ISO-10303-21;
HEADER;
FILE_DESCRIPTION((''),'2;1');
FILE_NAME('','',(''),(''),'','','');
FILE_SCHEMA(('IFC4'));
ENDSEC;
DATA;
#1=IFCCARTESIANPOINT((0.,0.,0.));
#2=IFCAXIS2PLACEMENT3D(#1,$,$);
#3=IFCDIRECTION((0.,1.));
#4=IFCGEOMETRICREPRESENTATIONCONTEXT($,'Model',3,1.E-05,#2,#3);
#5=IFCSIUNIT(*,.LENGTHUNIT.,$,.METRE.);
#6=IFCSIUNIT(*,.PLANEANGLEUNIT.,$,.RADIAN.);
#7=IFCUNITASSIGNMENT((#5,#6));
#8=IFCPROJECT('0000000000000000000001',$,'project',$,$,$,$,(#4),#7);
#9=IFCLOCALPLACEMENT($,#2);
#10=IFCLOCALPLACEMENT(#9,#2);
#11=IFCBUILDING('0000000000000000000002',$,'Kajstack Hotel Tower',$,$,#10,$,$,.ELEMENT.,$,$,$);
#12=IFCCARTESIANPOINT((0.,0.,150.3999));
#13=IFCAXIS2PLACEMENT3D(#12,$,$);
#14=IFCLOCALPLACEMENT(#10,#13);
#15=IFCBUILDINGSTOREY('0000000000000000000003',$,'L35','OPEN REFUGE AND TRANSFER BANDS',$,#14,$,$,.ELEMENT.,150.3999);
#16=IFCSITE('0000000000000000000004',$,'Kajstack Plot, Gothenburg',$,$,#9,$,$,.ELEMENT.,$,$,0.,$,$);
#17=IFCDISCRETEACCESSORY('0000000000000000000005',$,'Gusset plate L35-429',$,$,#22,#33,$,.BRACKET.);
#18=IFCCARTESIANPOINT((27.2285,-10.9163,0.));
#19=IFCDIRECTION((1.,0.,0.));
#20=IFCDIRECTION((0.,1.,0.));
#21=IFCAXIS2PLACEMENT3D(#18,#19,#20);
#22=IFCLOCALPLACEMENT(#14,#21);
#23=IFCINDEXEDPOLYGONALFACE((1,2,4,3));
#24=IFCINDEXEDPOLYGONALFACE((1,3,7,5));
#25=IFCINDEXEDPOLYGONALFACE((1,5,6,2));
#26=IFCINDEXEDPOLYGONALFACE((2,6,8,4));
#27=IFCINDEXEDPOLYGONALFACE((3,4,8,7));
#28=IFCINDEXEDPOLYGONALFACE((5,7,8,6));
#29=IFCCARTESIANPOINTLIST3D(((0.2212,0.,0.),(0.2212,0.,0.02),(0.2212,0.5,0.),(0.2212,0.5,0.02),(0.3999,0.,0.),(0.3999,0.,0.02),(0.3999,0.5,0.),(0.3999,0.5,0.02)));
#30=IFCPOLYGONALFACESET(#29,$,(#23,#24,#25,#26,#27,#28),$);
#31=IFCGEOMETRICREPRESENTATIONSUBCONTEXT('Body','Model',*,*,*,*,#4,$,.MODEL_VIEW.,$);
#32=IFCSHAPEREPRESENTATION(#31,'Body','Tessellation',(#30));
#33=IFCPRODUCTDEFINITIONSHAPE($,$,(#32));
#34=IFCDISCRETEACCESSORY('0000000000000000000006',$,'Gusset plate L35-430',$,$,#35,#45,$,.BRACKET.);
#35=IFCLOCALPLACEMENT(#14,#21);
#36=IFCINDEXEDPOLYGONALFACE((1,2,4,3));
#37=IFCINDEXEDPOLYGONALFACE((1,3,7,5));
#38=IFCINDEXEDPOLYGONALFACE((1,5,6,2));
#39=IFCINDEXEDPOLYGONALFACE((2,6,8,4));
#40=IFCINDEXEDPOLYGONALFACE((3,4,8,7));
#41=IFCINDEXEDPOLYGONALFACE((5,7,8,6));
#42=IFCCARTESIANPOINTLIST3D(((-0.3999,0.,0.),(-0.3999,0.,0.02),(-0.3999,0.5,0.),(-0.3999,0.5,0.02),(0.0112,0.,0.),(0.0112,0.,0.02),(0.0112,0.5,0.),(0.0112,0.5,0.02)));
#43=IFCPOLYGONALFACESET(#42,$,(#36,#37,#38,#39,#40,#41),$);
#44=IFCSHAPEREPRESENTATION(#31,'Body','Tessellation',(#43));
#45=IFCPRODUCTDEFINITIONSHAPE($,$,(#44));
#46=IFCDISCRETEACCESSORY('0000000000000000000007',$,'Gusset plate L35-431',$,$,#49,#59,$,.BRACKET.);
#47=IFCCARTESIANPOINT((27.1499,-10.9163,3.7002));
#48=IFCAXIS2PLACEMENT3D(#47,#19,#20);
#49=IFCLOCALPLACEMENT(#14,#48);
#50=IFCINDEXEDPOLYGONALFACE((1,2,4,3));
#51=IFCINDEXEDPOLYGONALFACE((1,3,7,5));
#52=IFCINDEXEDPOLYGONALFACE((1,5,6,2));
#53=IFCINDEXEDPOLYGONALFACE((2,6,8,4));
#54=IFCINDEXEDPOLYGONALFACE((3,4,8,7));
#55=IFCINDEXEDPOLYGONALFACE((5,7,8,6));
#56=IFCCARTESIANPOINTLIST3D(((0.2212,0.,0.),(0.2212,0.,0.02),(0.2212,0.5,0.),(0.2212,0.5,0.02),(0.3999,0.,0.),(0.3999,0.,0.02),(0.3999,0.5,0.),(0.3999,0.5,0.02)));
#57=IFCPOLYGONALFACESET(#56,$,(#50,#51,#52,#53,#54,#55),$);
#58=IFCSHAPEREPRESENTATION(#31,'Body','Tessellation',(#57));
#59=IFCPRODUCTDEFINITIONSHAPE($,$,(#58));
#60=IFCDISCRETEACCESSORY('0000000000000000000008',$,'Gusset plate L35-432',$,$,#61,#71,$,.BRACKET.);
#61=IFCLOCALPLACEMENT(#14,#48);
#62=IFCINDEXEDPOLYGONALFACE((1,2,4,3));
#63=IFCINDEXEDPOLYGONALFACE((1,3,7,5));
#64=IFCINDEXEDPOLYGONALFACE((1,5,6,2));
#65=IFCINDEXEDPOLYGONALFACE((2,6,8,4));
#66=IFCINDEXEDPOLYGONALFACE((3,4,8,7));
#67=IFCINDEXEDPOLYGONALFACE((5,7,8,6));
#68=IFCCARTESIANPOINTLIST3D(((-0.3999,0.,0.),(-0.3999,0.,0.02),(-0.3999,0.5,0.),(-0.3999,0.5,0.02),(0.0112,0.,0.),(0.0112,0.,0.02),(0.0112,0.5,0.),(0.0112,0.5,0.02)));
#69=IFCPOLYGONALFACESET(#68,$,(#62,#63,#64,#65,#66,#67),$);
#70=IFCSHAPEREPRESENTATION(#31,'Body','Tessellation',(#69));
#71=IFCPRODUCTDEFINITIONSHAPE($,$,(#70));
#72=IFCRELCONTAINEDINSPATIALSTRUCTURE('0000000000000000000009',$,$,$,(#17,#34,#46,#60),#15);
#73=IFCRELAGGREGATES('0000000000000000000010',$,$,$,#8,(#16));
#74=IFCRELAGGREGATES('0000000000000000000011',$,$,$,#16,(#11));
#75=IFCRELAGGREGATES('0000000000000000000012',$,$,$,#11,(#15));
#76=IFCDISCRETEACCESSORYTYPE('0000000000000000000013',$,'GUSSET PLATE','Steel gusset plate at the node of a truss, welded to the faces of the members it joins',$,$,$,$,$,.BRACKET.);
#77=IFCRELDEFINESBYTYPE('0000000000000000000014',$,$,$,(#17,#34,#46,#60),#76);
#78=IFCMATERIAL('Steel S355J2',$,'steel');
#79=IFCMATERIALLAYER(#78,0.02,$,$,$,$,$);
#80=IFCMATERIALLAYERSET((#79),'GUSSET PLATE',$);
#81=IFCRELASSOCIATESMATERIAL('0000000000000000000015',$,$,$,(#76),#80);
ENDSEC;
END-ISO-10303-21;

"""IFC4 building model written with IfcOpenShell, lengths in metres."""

from ifc_helpers import new_model, si_unit, direction, frame, origin, place, context, subcontext, project, spatial, polyline, outline, extrude, material, layer, layer_set, type_object, element, save


model = new_model("IFC4")

# Units and contexts
model_context = context("Model", 3, precision=1e-05, world=origin(), true_north=direction((0.0, 1.0)))
body_context = subcontext(model_context, "Body", "Model", "MODEL_VIEW")
ifc_project = project(units=[si_unit("LENGTHUNIT", "METRE"), si_unit("PLANEANGLEUNIT", "RADIAN")], contexts=[model_context])

# Site, building, storey
site_placement = place(None, origin())
site = spatial("IfcSite", under=ifc_project, at=site_placement, Name="Kajstack Plot, Gothenburg", CompositionType="ELEMENT", RefElevation=0.0)
building_placement = place(site_placement, origin())
building = spatial("IfcBuilding", under=site, at=building_placement, Name="Kajstack Hotel Tower", CompositionType="ELEMENT")
storey_placement = place(building_placement, frame((0.0, 0.0, 150.3999)))
storey = spatial("IfcBuildingStorey", under=building, at=storey_placement, Name="L35", Description="OPEN REFUGE AND TRANSFER BANDS", CompositionType="ELEMENT", Elevation=150.3999)

# Shared definitions
ifc_material_1 = material(Name="Steel S355J2", Category="steel")

# Discrete accessories
ifc_layer_1 = layer(ifc_material_1, 0.02)
ifc_layer_set_1 = layer_set([ifc_layer_1], Name="GUSSET PLATE")
discrete_accessory_type = type_object("IfcDiscreteAccessoryType", Name="GUSSET PLATE", Description="Steel gusset plate at the node of a truss, welded to the faces of the members it joins", PredefinedType="BRACKET", material=ifc_layer_set_1)
discrete_accessory_1_placement = place(storey_placement, frame((27.2285, -10.9163, 0.0), z_axis=(1.0, 0.0, 0.0), x_axis=(0.0, 1.0, 0.0)))
element("IfcDiscreteAccessory", 1, at=discrete_accessory_1_placement, inside=storey, type_object=discrete_accessory_type, Name="Gusset plate L35-429", PredefinedType="BRACKET", context=body_context, shape_type="SweptSolid", body=[
    extrude(outline(polyline([(0.3999, 0.5), (0.2212, 0.5), (0.2212, 0.0), (0.3999, 0.0), (0.3999, 0.5)])), origin(), (0.0, 0.0, 1.0), 0.02),
])
discrete_accessory_2_placement = place(storey_placement, frame((27.2285, -10.9163, 0.0), z_axis=(1.0, 0.0, 0.0), x_axis=(0.0, 1.0, 0.0)))
element("IfcDiscreteAccessory", 2, at=discrete_accessory_2_placement, inside=storey, type_object=discrete_accessory_type, Name="Gusset plate L35-430", PredefinedType="BRACKET", context=body_context, shape_type="SweptSolid", body=[
    extrude(outline(polyline([(-0.3999, 0.0), (0.0112, 0.0), (0.0112, 0.5), (-0.3999, 0.5), (-0.3999, 0.0)])), origin(), (0.0, 0.0, 1.0), 0.02),
])
discrete_accessory_3_placement = place(storey_placement, frame((27.1499, -10.9163, 3.7002), z_axis=(1.0, 0.0, 0.0), x_axis=(0.0, 1.0, 0.0)))
element("IfcDiscreteAccessory", 3, at=discrete_accessory_3_placement, inside=storey, type_object=discrete_accessory_type, Name="Gusset plate L35-431", PredefinedType="BRACKET", context=body_context, shape_type="SweptSolid", body=[
    extrude(outline(polyline([(0.3999, 0.5), (0.2212, 0.5), (0.2212, 0.0), (0.3999, 0.0), (0.3999, 0.5)])), origin(), (0.0, 0.0, 1.0), 0.02),
])
discrete_accessory_4_placement = place(storey_placement, frame((27.1499, -10.9163, 3.7002), z_axis=(1.0, 0.0, 0.0), x_axis=(0.0, 1.0, 0.0)))
element("IfcDiscreteAccessory", 4, at=discrete_accessory_4_placement, inside=storey, type_object=discrete_accessory_type, Name="Gusset plate L35-432", PredefinedType="BRACKET", context=body_context, shape_type="SweptSolid", body=[
    extrude(outline(polyline([(-0.3999, 0.0), (0.0112, 0.0), (0.0112, 0.5), (-0.3999, 0.5), (-0.3999, 0.0)])), origin(), (0.0, 0.0, 1.0), 0.02),
])

save(model, "model.ifc")
